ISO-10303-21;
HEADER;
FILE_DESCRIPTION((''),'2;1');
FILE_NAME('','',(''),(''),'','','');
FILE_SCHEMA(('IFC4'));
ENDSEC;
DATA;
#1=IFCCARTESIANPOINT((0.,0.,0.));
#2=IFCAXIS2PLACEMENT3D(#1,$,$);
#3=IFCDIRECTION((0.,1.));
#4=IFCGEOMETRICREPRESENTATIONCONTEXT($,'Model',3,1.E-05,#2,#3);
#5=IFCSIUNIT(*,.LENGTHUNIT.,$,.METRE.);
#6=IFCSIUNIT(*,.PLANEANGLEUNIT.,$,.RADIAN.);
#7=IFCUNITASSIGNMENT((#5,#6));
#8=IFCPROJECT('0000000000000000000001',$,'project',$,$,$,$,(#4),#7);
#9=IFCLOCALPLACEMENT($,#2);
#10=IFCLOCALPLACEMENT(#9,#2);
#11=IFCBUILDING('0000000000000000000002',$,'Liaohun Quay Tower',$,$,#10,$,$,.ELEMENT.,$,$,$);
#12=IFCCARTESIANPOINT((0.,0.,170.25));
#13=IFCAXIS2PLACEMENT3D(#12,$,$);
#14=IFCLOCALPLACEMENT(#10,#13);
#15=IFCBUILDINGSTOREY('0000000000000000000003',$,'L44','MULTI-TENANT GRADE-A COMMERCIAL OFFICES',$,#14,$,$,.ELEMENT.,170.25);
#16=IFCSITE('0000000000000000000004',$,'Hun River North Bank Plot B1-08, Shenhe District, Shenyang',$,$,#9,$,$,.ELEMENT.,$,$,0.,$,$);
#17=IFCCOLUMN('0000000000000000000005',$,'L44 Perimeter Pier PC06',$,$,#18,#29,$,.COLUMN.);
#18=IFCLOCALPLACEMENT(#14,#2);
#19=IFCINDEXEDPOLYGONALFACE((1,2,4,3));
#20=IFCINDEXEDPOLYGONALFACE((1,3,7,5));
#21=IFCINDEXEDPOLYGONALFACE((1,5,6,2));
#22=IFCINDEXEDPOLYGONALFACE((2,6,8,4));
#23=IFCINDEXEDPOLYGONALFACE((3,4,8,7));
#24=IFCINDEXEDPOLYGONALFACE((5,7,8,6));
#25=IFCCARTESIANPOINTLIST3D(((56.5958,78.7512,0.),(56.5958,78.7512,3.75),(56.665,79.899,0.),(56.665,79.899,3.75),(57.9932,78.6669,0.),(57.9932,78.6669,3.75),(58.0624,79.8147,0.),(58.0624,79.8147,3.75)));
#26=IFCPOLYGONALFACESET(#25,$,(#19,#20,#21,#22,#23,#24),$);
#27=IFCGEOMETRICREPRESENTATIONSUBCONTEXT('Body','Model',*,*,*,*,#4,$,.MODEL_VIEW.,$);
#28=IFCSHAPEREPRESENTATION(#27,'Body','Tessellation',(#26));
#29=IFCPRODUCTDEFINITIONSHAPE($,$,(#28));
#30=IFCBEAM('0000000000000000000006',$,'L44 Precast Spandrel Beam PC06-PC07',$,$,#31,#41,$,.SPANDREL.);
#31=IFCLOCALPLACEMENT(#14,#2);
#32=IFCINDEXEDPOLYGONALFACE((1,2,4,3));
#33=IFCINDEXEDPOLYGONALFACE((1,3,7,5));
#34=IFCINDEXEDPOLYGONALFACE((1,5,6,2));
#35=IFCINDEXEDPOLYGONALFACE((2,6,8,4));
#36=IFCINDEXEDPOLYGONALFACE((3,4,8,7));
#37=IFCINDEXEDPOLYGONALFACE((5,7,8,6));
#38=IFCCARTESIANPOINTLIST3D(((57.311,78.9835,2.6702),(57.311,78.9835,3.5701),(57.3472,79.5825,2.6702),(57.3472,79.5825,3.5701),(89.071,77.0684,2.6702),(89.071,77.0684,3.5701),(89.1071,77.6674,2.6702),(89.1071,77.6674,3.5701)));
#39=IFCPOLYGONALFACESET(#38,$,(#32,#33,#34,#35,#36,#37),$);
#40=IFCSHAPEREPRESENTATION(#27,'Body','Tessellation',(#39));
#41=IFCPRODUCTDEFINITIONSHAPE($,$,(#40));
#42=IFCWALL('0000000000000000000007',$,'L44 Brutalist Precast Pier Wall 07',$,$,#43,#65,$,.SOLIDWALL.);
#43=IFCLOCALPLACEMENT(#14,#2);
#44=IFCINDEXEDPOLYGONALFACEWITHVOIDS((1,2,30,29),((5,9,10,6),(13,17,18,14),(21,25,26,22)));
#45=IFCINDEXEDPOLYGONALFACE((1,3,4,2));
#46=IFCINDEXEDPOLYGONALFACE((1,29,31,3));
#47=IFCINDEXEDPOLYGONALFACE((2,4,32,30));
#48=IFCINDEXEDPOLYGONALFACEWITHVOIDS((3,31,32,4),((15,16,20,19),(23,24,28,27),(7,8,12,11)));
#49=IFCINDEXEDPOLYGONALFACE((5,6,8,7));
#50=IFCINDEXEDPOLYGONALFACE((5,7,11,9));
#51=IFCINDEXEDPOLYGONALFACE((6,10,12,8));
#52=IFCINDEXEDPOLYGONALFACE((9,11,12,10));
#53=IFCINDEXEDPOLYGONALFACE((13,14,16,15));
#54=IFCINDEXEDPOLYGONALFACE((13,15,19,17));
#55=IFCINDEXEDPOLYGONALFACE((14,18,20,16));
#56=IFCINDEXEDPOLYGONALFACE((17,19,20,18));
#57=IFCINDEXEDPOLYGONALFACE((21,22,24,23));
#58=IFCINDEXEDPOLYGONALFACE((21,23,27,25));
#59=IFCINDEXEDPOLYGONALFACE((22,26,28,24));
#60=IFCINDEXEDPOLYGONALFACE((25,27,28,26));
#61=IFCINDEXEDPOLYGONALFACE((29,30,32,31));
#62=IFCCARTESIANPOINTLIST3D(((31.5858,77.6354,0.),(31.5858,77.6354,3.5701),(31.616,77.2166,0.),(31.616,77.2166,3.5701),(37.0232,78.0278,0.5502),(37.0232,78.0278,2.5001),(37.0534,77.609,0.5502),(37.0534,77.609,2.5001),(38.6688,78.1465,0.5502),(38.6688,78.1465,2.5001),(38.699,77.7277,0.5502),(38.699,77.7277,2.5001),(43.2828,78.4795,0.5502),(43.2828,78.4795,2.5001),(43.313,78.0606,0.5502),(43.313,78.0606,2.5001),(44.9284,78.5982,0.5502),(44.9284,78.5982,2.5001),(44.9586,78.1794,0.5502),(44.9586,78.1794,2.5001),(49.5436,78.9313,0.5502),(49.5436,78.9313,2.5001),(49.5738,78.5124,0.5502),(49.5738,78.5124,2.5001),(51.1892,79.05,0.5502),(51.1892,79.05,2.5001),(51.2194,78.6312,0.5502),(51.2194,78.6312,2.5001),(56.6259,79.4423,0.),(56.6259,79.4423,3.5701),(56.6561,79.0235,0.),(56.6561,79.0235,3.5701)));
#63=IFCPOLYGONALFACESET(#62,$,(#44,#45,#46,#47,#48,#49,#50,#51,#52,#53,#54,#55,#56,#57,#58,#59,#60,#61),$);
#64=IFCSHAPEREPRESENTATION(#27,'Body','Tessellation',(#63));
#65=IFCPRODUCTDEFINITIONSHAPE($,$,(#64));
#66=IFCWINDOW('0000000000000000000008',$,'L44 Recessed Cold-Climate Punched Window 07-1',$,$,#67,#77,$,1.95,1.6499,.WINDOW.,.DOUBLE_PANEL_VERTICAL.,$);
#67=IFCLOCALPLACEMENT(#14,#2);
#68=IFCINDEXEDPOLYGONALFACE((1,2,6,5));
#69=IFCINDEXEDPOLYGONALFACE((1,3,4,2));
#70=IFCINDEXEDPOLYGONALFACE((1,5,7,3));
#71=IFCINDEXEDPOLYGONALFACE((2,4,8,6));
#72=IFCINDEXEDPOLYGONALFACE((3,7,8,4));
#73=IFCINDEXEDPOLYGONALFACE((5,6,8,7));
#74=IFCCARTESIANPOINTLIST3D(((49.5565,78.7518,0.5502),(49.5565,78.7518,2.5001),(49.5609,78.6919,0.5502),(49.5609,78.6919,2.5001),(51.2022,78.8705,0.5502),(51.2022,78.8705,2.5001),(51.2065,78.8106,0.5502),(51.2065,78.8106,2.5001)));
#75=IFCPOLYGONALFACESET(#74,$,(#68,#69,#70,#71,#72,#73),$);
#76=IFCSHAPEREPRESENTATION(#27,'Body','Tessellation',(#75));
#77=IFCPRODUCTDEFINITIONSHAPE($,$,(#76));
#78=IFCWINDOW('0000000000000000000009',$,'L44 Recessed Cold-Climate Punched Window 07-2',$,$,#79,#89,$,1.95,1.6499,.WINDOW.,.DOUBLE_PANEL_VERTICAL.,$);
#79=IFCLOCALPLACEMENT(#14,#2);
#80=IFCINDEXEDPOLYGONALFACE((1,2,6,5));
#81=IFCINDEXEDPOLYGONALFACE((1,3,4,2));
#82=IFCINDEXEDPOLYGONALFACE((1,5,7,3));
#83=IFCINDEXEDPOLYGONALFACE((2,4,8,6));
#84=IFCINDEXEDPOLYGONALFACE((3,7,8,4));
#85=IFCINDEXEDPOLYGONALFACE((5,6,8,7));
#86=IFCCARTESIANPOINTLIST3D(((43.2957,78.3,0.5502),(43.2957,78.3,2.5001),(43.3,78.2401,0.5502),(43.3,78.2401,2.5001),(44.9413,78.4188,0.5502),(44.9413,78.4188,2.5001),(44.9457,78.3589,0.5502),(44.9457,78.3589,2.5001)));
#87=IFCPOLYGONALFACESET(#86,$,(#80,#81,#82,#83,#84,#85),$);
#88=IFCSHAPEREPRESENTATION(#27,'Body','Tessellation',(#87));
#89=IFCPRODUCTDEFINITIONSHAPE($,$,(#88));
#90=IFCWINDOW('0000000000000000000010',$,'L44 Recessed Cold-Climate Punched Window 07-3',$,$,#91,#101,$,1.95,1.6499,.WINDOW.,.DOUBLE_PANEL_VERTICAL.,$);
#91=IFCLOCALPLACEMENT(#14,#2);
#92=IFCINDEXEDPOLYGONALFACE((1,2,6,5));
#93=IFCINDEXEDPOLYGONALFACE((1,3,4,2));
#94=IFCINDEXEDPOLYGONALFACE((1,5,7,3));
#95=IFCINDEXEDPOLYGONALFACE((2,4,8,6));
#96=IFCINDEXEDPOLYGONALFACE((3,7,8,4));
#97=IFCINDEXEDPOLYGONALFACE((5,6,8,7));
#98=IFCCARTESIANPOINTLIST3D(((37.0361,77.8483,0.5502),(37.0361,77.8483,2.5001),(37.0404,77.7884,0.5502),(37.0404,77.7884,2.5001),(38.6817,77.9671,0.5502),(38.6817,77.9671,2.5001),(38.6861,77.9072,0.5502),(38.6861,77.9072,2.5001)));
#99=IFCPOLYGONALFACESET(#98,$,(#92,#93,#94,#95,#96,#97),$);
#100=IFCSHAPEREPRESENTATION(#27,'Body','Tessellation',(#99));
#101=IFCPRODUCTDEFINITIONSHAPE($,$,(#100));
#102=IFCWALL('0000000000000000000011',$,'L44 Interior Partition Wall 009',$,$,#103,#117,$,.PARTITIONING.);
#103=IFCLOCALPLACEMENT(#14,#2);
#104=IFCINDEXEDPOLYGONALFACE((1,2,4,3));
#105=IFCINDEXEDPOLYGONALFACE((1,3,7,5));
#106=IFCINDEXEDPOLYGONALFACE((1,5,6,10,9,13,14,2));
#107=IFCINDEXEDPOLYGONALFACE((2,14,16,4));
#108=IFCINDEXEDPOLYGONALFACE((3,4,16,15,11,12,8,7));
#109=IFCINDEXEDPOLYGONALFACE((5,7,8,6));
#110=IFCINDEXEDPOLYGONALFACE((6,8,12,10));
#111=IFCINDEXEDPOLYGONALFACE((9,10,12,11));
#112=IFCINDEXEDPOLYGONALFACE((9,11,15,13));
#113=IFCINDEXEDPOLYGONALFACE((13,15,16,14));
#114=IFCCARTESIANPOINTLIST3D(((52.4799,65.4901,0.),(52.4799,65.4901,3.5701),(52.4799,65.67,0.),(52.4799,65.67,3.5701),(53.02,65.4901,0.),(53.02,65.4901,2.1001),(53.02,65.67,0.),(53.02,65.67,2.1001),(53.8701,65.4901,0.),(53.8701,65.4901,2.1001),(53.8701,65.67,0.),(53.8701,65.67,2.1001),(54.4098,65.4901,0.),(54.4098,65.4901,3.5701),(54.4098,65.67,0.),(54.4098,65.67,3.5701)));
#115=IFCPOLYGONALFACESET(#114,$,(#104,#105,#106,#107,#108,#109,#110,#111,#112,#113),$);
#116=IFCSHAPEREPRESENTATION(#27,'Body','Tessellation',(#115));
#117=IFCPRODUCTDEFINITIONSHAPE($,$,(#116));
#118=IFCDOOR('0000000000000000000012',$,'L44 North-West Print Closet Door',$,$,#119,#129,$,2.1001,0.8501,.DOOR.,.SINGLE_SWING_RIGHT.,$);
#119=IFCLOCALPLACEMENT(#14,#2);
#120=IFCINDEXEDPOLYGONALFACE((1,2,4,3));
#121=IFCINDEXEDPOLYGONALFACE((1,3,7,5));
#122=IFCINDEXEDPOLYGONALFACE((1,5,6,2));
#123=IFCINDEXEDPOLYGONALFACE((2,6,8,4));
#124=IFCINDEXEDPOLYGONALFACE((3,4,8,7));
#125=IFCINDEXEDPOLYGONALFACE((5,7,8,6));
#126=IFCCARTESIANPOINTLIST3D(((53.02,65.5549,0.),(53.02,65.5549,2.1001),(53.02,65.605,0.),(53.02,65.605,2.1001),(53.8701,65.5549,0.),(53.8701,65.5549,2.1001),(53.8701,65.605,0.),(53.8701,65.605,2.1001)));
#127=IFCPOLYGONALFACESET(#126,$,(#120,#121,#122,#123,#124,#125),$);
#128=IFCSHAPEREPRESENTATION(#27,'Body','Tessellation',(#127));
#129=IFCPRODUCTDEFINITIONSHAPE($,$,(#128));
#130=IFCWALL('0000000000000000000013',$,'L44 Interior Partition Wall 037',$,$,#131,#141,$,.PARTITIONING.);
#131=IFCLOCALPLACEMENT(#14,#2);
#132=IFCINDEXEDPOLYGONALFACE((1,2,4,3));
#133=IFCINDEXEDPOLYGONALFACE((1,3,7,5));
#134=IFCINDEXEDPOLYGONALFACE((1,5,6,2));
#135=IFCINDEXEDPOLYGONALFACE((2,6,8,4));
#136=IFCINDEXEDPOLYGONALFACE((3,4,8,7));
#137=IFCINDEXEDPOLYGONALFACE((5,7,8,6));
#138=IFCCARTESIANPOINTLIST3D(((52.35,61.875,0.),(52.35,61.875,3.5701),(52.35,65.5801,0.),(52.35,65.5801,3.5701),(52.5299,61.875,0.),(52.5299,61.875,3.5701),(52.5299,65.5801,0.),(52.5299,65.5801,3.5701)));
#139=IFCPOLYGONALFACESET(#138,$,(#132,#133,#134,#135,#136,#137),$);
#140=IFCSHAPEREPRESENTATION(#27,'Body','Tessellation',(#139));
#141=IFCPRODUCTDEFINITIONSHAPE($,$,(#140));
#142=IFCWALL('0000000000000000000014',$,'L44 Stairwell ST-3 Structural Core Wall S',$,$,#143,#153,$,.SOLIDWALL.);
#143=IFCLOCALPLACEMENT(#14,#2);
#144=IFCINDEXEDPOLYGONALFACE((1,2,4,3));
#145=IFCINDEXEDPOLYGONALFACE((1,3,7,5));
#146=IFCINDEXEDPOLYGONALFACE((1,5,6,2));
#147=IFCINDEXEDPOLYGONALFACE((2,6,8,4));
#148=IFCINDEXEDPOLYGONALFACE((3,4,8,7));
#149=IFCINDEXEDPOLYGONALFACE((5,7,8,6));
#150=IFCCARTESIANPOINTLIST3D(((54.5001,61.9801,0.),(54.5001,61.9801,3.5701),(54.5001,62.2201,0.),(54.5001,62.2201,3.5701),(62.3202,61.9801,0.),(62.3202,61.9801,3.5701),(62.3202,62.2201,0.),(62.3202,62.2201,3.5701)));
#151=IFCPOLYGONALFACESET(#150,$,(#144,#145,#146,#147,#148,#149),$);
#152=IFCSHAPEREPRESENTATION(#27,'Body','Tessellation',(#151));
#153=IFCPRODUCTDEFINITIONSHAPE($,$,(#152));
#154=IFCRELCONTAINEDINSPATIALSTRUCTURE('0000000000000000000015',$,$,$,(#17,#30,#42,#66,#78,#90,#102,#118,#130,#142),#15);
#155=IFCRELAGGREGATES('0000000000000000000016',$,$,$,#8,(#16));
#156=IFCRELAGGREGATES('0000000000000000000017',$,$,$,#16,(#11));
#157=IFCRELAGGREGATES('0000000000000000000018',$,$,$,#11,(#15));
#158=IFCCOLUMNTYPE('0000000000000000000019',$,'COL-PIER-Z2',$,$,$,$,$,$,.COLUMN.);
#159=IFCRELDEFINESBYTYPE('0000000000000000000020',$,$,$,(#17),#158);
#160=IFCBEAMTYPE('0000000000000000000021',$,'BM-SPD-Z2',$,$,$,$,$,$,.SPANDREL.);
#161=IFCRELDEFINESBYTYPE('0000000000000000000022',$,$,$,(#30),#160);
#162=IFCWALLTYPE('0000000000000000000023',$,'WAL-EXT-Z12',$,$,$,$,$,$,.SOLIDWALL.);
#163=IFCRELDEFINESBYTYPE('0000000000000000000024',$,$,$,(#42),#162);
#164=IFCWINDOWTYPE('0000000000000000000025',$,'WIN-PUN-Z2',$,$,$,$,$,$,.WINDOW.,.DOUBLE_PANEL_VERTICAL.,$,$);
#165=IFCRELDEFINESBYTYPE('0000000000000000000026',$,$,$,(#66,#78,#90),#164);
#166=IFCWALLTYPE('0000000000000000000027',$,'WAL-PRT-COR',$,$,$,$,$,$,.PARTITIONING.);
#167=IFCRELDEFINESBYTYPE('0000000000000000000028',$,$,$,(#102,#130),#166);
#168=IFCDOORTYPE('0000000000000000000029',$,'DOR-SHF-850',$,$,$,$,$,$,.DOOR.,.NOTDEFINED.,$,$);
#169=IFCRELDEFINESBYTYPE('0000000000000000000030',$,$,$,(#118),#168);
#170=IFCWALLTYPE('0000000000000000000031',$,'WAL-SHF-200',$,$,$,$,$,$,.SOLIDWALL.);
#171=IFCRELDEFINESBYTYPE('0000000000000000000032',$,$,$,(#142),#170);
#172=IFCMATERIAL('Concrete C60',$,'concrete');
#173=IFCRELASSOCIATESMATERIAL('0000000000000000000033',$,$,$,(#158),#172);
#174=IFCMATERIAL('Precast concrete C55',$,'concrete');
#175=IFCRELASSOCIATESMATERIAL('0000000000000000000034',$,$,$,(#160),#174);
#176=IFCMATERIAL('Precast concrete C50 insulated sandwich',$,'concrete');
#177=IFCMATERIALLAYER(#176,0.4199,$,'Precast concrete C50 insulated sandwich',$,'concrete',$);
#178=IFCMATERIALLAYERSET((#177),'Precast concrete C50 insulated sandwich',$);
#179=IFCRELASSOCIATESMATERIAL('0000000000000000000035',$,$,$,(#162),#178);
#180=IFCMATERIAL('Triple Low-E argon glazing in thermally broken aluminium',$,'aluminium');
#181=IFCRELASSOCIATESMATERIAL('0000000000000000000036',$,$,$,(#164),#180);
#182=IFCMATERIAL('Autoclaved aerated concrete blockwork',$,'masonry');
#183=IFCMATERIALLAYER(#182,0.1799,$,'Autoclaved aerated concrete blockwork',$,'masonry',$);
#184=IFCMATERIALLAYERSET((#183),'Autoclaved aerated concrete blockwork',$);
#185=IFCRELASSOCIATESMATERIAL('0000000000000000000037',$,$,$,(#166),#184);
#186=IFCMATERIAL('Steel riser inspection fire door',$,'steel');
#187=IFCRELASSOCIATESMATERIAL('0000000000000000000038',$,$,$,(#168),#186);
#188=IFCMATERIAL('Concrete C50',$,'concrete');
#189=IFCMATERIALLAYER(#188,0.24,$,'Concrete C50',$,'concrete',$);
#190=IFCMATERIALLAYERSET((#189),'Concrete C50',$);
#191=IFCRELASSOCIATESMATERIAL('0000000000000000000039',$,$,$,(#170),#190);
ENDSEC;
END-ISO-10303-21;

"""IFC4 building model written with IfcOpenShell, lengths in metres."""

from ifc_helpers import new_model, si_unit, direction, frame, frame_2d, origin, origin_2d, place, context, subcontext, project, spatial, rectangle, extrude, source, transform, mapped, material, layer, layer_set, material_profile, profile_set, type_object, element, fill, save


model = new_model("IFC4")

# Units and contexts
model_context = context("Model", 3, precision=1e-05, world=origin(), true_north=direction((0.0, 1.0)))
body_context = subcontext(model_context, "Body", "Model", "MODEL_VIEW")
ifc_project = project(units=[si_unit("LENGTHUNIT", "METRE"), si_unit("PLANEANGLEUNIT", "RADIAN")], contexts=[model_context])

# Site, building, storey
site_placement = place(None, origin())
site = spatial("IfcSite", under=ifc_project, at=site_placement, Name="Hun River North Bank Plot B1-08, Shenhe District, Shenyang", CompositionType="ELEMENT", RefElevation=0.0)
building_placement = place(site_placement, origin())
building = spatial("IfcBuilding", under=site, at=building_placement, Name="Liaohun Quay Tower", CompositionType="ELEMENT")
storey_placement = place(building_placement, frame((0.0, 0.0, 170.25)))
storey = spatial("IfcBuildingStorey", under=building, at=storey_placement, Name="L44", Description="MULTI-TENANT GRADE-A COMMERCIAL OFFICES", CompositionType="ELEMENT", Elevation=170.25)

# Column
ifc_material_1 = material(Name="Concrete C60", Category="concrete")
ifc_material_profile_1 = material_profile(ifc_material_1, rectangle(XDim=1.3999, YDim=1.1499, at=origin_2d()), Name="RC1400x1150")
ifc_profile_set_1 = profile_set([ifc_material_profile_1], Name="Concrete C60")
column_type = type_object("IfcColumnType", Name="COL-PIER-Z2", PredefinedType="COLUMN", material=ifc_profile_set_1)
shared_shape_1 = source(origin(), body_context, "Body", "SweptSolid", [
    extrude(rectangle(XDim=1.3999, YDim=1.1499, at=origin_2d()), origin(), (0.0, 0.0, 1.0), 3.75),
])
column_placement = place(storey_placement, frame((57.3291, 79.283, 0.0), z_axis=(0.0, 0.0, 1.0), x_axis=(-0.998188, 0.060177, 0.0)))
element("IfcColumn", 1, at=column_placement, inside=storey, type_object=column_type, Name="L44 Perimeter Pier PC06", PredefinedType="COLUMN", context=body_context, shape_type="MappedRepresentation", body=[
    mapped(shared_shape_1, transform((0.0, 0.0, 0.0), x_axis=(1.0, 0.0, 0.0), y_axis=(0.0, 1.0, 0.0), z_axis=(0.0, 0.0, 1.0), scale=1.0)),
])

# Beam
ifc_material_2 = material(Name="Precast concrete C55", Category="concrete")
ifc_material_profile_2 = material_profile(ifc_material_2, rectangle(XDim=0.6001, YDim=0.8999, at=origin_2d()), Name="RC600x900")
ifc_profile_set_2 = profile_set([ifc_material_profile_2], Name="Precast concrete C55")
beam_type = type_object("IfcBeamType", Name="BM-SPD-Z2", PredefinedType="SPANDREL", material=ifc_profile_set_2)
shared_shape_2 = source(origin(), body_context, "Body", "SweptSolid", [
    extrude(rectangle(XDim=0.6001, YDim=0.8999, at=origin_2d()), origin(), (0.0, 0.0, 1.0), 31.8176),
])
beam_placement = place(storey_placement, frame((57.3291, 79.283, 3.1201), z_axis=(0.998187, -0.060188, 0.0), x_axis=(0.060188, 0.998187, 0.0)))
element("IfcBeam", 2, at=beam_placement, inside=storey, type_object=beam_type, Name="L44 Precast Spandrel Beam PC06-PC07", PredefinedType="SPANDREL", context=body_context, shape_type="MappedRepresentation", body=[
    mapped(shared_shape_2, transform((0.0, 0.0, 0.0), x_axis=(1.0, 0.0, 0.0), y_axis=(0.0, 1.0, 0.0), z_axis=(0.0, 0.0, 1.0), scale=1.0)),
])

# Wall, openings, windows
ifc_material_3 = material(Name="Precast concrete C50 insulated sandwich", Category="concrete")
ifc_layer_1 = layer(ifc_material_3, 0.4199, Name="Precast concrete C50 insulated sandwich", Category="concrete")
ifc_layer_set_1 = layer_set([ifc_layer_1], Name="Precast concrete C50 insulated sandwich")
wall_type_1 = type_object("IfcWallType", Name="WAL-EXT-Z12", PredefinedType="SOLIDWALL", material=ifc_layer_set_1)
wall_1_placement = place(storey_placement, frame((56.6411, 79.2329, 0.0), z_axis=(0.0, 0.0, 1.0), x_axis=(-0.997407, -0.071973, 0.0)))
wall_1 = element("IfcWall", 3, at=wall_1_placement, inside=storey, type_object=wall_type_1, Name="L44 Brutalist Precast Pier Wall 07", PredefinedType="SOLIDWALL", context=body_context, shape_type="SweptSolid", body=[
    extrude(rectangle(XDim=25.1052, YDim=0.4199, at=frame_2d((12.5527, 0.0))), origin(), (0.0, 0.0, 1.0), 3.5701),
])
shared_shape_3 = source(origin(), body_context, "Body", "SweptSolid", [
    extrude(rectangle(XDim=1.6499, YDim=1.95, at=frame_2d((0.825, 0.9751))), frame((0.0, 0.22, 0.0), z_axis=(0.0, -1.0, 0.0), x_axis=(1.0, 0.0, 0.0)), (0.0, 0.0, 1.0), 0.4399),
])
opening_1_placement = place(wall_1_placement, frame((5.4509, 0.0, 0.55)))
opening_1 = element("IfcOpeningElement", 4, at=opening_1_placement, cuts=wall_1, PredefinedType="OPENING", context=body_context, shape_type="MappedRepresentation", body=[
    mapped(shared_shape_3, transform((0.0, 0.0, 0.0), x_axis=(1.0, 0.0, 0.0), y_axis=(0.0, 1.0, 0.0), z_axis=(0.0, 0.0, 1.0), scale=1.0)),
])
opening_2_placement = place(wall_1_placement, frame((11.728, 0.0, 0.55)))
opening_2 = element("IfcOpeningElement", 5, at=opening_2_placement, cuts=wall_1, PredefinedType="OPENING", context=body_context, shape_type="MappedRepresentation", body=[
    mapped(shared_shape_3, transform((0.0, 0.0, 0.0), x_axis=(1.0, 0.0, 0.0), y_axis=(0.0, 1.0, 0.0), z_axis=(0.0, 0.0, 1.0), scale=1.0)),
])
opening_3_placement = place(wall_1_placement, frame((18.0039, 0.0, 0.55)))
opening_3 = element("IfcOpeningElement", 6, at=opening_3_placement, cuts=wall_1, PredefinedType="OPENING", context=body_context, shape_type="MappedRepresentation", body=[
    mapped(shared_shape_3, transform((0.0, 0.0, 0.0), x_axis=(1.0, 0.0, 0.0), y_axis=(0.0, 1.0, 0.0), z_axis=(0.0, 0.0, 1.0), scale=1.0)),
])
ifc_material_4 = material(Name="Triple Low-E argon glazing in thermally broken aluminium", Category="aluminium")
window_type = type_object("IfcWindowType", Name="WIN-PUN-Z2", PartitioningType="DOUBLE_PANEL_VERTICAL", PredefinedType="WINDOW", material=ifc_material_4)
shared_shape_4 = source(origin(), body_context, "Body", "SweptSolid", [
    extrude(rectangle(XDim=1.6499, YDim=1.95, at=frame_2d((0.825, 0.9751))), frame((0.0, 0.03, 0.0), z_axis=(0.0, -1.0, 0.0), x_axis=(1.0, 0.0, 0.0)), (0.0, 0.0, 1.0), 0.0601),
])
window_1_placement = place(opening_1_placement, origin())
window_1 = element("IfcWindow", 7, at=window_1_placement, inside=storey, type_object=window_type, Name="L44 Recessed Cold-Climate Punched Window 07-1", OverallHeight=1.95, OverallWidth=1.6499, PartitioningType="DOUBLE_PANEL_VERTICAL", PredefinedType="WINDOW", context=body_context, shape_type="MappedRepresentation", body=[
    mapped(shared_shape_4, transform((0.0, 0.0, 0.0), x_axis=(1.0, 0.0, 0.0), y_axis=(0.0, 1.0, 0.0), z_axis=(0.0, 0.0, 1.0), scale=1.0)),
])
fill(opening_1, window_1)
window_2_placement = place(opening_2_placement, origin())
window_2 = element("IfcWindow", 8, at=window_2_placement, inside=storey, type_object=window_type, Name="L44 Recessed Cold-Climate Punched Window 07-2", OverallHeight=1.95, OverallWidth=1.6499, PartitioningType="DOUBLE_PANEL_VERTICAL", PredefinedType="WINDOW", context=body_context, shape_type="MappedRepresentation", body=[
    mapped(shared_shape_4, transform((0.0, 0.0, 0.0), x_axis=(1.0, 0.0, 0.0), y_axis=(0.0, 1.0, 0.0), z_axis=(0.0, 0.0, 1.0), scale=1.0)),
])
fill(opening_2, window_2)
window_3_placement = place(opening_3_placement, origin())
window_3 = element("IfcWindow", 9, at=window_3_placement, inside=storey, type_object=window_type, Name="L44 Recessed Cold-Climate Punched Window 07-3", OverallHeight=1.95, OverallWidth=1.6499, PartitioningType="DOUBLE_PANEL_VERTICAL", PredefinedType="WINDOW", context=body_context, shape_type="MappedRepresentation", body=[
    mapped(shared_shape_4, transform((0.0, 0.0, 0.0), x_axis=(1.0, 0.0, 0.0), y_axis=(0.0, 1.0, 0.0), z_axis=(0.0, 0.0, 1.0), scale=1.0)),
])
fill(opening_3, window_3)

# Wall, opening, door
ifc_material_5 = material(Name="Autoclaved aerated concrete blockwork", Category="masonry")
ifc_layer_2 = layer(ifc_material_5, 0.1799, Name="Autoclaved aerated concrete blockwork", Category="masonry")
ifc_layer_set_2 = layer_set([ifc_layer_2], Name="Autoclaved aerated concrete blockwork")
wall_type_2 = type_object("IfcWallType", Name="WAL-PRT-COR", PredefinedType="PARTITIONING", material=ifc_layer_set_2)
wall_2_placement = place(storey_placement, frame((52.48, 65.5801, 0.0), z_axis=(0.0, 0.0, 1.0), x_axis=(1.0, 0.0, 0.0)))
wall_2 = element("IfcWall", 10, at=wall_2_placement, inside=storey, type_object=wall_type_2, Name="L44 Interior Partition Wall 009", PredefinedType="PARTITIONING", context=body_context, shape_type="SweptSolid", body=[
    extrude(rectangle(XDim=1.9299, YDim=0.1799, at=frame_2d((0.9648, 0.0))), origin(), (0.0, 0.0, 1.0), 3.5701),
])
shared_shape_5 = source(origin(), body_context, "Body", "SweptSolid", [
    extrude(rectangle(XDim=0.8501, YDim=2.1001, at=frame_2d((0.425, 1.05))), frame((0.0, 0.0999, 0.0), z_axis=(0.0, -1.0, 0.0), x_axis=(1.0, 0.0, 0.0)), (0.0, 0.0, 1.0), 0.2),
])
opening_4_placement = place(wall_2_placement, frame((0.54, 0.0, 0.0)))
opening_4 = element("IfcOpeningElement", 11, at=opening_4_placement, cuts=wall_2, PredefinedType="OPENING", context=body_context, shape_type="MappedRepresentation", body=[
    mapped(shared_shape_5, transform((0.0, 0.0, 0.0), x_axis=(1.0, 0.0, 0.0), y_axis=(0.0, 1.0, 0.0), z_axis=(0.0, 0.0, 1.0), scale=1.0)),
])
ifc_material_6 = material(Name="Steel riser inspection fire door", Category="steel")
door_type = type_object("IfcDoorType", Name="DOR-SHF-850", OperationType="NOTDEFINED", PredefinedType="DOOR", material=ifc_material_6)
shared_shape_6 = source(origin(), body_context, "Body", "SweptSolid", [
    extrude(rectangle(XDim=0.8501, YDim=2.1001, at=frame_2d((0.425, 1.05))), frame((0.0, 0.0249, 0.0), z_axis=(0.0, -1.0, 0.0), x_axis=(1.0, 0.0, 0.0)), (0.0, 0.0, 1.0), 0.05),
])
door_placement = place(opening_4_placement, origin())
door = element("IfcDoor", 12, at=door_placement, inside=storey, type_object=door_type, Name="L44 North-West Print Closet Door", OperationType="SINGLE_SWING_RIGHT", OverallHeight=2.1001, OverallWidth=0.8501, PredefinedType="DOOR", context=body_context, shape_type="MappedRepresentation", body=[
    mapped(shared_shape_6, transform((0.0, 0.0, 0.0), x_axis=(1.0, 0.0, 0.0), y_axis=(0.0, 1.0, 0.0), z_axis=(0.0, 0.0, 1.0), scale=1.0)),
])
fill(opening_4, door)

# Walls
wall_3_placement = place(storey_placement, frame((52.4399, 61.875, 0.0), z_axis=(0.0, 0.0, 1.0), x_axis=(0.0, 1.0, 0.0)))
element("IfcWall", 13, at=wall_3_placement, inside=storey, type_object=wall_type_2, Name="L44 Interior Partition Wall 037", PredefinedType="PARTITIONING", context=body_context, shape_type="SweptSolid", body=[
    extrude(rectangle(XDim=3.7051, YDim=0.1799, at=frame_2d((1.8525, 0.0))), origin(), (0.0, 0.0, 1.0), 3.5701),
])
ifc_material_7 = material(Name="Concrete C50", Category="concrete")
ifc_layer_3 = layer(ifc_material_7, 0.24, Name="Concrete C50", Category="concrete")
ifc_layer_set_3 = layer_set([ifc_layer_3], Name="Concrete C50")
wall_type_3 = type_object("IfcWallType", Name="WAL-SHF-200", PredefinedType="SOLIDWALL", material=ifc_layer_set_3)
wall_4_placement = place(storey_placement, frame((54.5, 62.1001, 0.0), z_axis=(0.0, 0.0, 1.0), x_axis=(1.0, 0.0, 0.0)))
element("IfcWall", 14, at=wall_4_placement, inside=storey, type_object=wall_type_3, Name="L44 Stairwell ST-3 Structural Core Wall S", PredefinedType="SOLIDWALL", context=body_context, shape_type="SweptSolid", body=[
    extrude(rectangle(XDim=7.8201, YDim=0.24, at=frame_2d((3.9102, 0.0))), origin(), (0.0, 0.0, 1.0), 3.5701),
])

save(model, "model.ifc")
